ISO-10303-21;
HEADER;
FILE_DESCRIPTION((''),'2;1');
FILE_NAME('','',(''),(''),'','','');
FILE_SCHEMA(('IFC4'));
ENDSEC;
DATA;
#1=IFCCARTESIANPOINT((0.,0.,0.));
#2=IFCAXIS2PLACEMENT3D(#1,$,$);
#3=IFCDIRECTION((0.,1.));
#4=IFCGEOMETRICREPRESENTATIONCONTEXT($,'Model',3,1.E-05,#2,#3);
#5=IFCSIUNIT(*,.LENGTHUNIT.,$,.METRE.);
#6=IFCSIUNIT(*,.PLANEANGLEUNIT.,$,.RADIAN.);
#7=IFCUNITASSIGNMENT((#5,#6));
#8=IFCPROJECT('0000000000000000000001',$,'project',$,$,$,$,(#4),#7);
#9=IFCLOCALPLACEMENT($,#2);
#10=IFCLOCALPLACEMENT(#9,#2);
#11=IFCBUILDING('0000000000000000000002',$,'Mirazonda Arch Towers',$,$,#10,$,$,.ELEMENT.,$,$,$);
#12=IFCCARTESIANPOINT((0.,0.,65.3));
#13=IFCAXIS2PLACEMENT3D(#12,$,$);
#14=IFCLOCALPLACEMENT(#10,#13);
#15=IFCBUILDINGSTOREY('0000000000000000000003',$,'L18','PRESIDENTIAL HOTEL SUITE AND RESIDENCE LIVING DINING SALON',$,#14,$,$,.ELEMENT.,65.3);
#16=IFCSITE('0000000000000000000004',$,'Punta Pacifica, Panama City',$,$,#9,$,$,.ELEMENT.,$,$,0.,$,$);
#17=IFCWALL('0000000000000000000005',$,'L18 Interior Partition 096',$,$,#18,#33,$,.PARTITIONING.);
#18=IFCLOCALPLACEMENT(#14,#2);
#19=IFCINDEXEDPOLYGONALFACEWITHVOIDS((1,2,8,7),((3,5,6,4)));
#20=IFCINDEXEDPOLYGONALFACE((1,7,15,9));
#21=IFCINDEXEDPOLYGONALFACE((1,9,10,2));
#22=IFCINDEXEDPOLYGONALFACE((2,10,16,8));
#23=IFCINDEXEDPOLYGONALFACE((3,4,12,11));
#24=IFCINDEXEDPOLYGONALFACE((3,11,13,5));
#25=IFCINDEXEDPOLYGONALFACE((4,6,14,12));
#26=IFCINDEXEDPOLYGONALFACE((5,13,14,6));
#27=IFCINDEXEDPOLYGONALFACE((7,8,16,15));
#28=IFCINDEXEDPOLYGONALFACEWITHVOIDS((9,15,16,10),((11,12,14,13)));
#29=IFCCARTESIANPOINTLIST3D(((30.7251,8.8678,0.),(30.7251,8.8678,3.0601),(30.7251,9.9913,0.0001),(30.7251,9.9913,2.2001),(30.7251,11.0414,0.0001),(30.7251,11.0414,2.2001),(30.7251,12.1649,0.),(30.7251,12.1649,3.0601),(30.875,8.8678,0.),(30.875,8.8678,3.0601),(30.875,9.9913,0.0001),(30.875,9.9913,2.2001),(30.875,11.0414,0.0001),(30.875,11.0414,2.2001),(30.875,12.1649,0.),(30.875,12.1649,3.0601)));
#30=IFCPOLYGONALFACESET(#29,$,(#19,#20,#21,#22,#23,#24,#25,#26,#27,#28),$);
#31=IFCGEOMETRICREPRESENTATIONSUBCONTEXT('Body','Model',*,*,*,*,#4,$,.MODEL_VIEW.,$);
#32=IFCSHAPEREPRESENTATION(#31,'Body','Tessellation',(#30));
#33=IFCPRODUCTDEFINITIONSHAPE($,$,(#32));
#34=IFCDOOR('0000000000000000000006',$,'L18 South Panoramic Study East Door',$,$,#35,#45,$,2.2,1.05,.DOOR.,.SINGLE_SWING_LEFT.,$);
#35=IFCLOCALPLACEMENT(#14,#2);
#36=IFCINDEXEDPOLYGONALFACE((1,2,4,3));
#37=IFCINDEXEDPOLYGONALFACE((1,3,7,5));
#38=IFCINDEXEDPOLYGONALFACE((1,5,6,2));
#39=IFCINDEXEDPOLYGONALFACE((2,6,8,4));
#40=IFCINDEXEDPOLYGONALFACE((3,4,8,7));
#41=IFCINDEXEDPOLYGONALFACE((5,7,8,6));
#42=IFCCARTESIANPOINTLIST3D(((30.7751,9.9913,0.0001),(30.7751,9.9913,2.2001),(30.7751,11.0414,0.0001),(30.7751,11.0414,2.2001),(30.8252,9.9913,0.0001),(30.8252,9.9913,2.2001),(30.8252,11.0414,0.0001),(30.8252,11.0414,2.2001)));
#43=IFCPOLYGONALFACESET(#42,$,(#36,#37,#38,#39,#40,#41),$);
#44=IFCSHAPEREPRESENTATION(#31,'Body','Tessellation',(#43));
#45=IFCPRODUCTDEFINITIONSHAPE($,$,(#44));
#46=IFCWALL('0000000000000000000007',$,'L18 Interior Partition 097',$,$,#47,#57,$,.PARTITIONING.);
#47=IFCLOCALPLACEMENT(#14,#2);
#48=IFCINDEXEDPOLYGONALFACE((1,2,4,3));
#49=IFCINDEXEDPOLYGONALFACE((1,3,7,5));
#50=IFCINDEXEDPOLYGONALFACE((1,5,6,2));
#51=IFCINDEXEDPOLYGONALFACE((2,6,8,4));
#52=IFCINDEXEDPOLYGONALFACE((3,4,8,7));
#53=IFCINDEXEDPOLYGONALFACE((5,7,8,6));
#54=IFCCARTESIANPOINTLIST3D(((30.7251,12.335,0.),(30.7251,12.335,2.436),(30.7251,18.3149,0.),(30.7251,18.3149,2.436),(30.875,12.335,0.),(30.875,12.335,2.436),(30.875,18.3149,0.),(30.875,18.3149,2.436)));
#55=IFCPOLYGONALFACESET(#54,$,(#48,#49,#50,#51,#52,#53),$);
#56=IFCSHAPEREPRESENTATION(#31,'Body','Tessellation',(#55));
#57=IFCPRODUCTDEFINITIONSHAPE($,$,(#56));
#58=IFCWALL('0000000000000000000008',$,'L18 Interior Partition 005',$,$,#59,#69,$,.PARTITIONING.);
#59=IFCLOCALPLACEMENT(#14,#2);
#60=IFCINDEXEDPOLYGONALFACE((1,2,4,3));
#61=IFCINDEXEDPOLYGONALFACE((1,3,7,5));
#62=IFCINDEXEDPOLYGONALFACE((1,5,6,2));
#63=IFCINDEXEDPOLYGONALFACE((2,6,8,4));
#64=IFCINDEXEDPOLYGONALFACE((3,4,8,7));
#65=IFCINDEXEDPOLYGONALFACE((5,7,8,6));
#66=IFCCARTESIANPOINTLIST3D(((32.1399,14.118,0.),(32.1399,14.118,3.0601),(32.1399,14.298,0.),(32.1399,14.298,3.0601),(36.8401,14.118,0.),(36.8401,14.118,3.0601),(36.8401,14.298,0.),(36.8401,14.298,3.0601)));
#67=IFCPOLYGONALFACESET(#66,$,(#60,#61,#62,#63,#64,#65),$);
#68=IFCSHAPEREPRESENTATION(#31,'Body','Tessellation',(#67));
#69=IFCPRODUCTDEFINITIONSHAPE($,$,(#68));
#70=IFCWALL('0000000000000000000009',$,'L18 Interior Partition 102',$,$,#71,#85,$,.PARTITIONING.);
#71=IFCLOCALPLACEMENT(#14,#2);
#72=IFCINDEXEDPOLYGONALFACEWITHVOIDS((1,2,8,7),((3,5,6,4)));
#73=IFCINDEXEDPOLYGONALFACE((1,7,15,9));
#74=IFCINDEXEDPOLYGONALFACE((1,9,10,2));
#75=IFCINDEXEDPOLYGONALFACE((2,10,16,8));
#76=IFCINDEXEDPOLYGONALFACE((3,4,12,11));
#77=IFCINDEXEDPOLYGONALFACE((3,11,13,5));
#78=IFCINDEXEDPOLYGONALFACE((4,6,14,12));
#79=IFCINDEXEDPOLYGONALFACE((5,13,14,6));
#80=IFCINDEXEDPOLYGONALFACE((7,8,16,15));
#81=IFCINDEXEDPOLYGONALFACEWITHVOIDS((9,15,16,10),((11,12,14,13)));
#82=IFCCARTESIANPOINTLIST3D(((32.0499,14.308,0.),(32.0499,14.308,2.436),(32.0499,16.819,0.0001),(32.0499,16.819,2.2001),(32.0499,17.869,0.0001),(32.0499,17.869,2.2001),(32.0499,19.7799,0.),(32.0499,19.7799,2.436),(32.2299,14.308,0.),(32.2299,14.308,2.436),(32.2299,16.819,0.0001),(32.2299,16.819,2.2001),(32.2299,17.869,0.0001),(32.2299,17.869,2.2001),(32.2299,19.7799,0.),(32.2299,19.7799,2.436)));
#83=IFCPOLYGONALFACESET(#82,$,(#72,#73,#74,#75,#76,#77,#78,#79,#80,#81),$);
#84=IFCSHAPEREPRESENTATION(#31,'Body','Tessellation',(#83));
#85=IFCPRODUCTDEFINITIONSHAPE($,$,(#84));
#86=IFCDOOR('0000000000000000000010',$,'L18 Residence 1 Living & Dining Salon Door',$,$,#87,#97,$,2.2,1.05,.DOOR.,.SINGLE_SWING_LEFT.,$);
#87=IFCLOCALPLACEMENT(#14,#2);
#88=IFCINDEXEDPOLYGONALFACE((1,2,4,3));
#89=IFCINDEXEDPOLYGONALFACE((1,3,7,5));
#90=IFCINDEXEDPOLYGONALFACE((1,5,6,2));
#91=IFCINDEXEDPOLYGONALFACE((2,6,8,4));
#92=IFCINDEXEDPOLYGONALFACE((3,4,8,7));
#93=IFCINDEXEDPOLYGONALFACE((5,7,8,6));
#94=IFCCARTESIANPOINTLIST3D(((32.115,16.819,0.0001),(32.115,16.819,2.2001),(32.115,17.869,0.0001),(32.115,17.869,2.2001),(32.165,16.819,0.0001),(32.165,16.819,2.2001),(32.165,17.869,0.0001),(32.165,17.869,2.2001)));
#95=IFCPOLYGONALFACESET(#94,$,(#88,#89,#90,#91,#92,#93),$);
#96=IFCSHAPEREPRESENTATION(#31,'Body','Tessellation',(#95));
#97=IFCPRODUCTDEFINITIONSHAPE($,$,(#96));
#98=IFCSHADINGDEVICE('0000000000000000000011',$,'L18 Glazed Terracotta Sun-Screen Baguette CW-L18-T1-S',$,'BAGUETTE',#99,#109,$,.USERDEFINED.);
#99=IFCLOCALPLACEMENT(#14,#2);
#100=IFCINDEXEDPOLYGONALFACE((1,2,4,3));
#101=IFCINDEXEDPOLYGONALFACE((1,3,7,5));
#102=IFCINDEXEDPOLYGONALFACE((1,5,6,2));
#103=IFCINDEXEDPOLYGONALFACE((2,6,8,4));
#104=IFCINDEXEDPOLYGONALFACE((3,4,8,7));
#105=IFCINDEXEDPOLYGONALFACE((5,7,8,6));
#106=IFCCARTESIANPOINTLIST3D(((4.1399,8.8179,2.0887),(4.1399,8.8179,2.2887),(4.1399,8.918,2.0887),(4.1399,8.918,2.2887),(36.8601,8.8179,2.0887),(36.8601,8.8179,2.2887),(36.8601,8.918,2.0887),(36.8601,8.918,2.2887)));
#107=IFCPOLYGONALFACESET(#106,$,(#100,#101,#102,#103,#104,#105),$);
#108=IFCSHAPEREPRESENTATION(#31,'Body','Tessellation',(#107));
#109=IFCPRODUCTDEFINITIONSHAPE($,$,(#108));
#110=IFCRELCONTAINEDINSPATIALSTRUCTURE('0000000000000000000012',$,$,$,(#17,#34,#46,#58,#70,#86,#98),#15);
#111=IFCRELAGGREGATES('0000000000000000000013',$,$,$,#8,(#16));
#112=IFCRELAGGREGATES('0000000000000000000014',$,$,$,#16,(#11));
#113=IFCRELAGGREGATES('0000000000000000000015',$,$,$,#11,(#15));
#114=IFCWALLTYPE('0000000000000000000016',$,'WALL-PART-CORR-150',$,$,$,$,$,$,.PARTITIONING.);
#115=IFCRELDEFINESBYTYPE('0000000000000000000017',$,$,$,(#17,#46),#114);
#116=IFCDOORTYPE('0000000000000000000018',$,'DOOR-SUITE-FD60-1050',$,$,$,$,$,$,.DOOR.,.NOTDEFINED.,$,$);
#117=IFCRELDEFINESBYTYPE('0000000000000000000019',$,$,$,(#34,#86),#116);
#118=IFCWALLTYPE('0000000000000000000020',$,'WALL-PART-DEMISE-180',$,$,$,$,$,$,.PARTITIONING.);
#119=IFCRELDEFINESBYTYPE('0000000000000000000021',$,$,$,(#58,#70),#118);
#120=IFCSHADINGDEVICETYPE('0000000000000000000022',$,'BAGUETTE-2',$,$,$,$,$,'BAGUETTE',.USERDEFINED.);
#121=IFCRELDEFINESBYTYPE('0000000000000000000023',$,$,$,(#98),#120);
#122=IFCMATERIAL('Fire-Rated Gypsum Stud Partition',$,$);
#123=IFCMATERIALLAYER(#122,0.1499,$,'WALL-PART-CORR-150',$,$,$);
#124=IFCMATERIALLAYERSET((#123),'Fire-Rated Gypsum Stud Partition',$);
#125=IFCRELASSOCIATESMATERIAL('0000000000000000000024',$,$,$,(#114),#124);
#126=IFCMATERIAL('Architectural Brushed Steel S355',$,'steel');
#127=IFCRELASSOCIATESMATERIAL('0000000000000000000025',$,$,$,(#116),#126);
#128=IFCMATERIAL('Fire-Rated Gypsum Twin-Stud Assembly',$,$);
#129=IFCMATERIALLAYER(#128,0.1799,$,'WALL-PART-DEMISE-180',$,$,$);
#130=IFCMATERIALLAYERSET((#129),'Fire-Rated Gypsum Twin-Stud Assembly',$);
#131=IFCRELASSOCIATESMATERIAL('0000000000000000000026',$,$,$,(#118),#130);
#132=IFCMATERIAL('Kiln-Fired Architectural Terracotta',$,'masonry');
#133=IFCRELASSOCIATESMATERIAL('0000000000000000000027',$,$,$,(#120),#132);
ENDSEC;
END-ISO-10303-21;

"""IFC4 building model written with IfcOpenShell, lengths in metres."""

from ifc_helpers import new_model, si_unit, direction, frame, frame_2d, origin, origin_2d, place, context, subcontext, project, spatial, rectangle, extrude, material, layer, layer_set, material_profile, profile_set, type_object, element, fill, save


model = new_model("IFC4")

# Units and contexts
model_context = context("Model", 3, precision=1e-05, world=origin(), true_north=direction((0.0, 1.0)))
body_context = subcontext(model_context, "Body", "Model", "MODEL_VIEW")
ifc_project = project(units=[si_unit("LENGTHUNIT", "METRE"), si_unit("PLANEANGLEUNIT", "RADIAN")], contexts=[model_context])

# Site, building, storey
site_placement = place(None, origin())
site = spatial("IfcSite", under=ifc_project, at=site_placement, Name="Punta Pacifica, Panama City", CompositionType="ELEMENT", RefElevation=0.0)
building_placement = place(site_placement, origin())
building = spatial("IfcBuilding", under=site, at=building_placement, Name="Mirazonda Arch Towers", CompositionType="ELEMENT")
storey_placement = place(building_placement, frame((0.0, 0.0, 65.3)))
storey = spatial("IfcBuildingStorey", under=building, at=storey_placement, Name="L18", Description="PRESIDENTIAL HOTEL SUITE AND RESIDENCE LIVING DINING SALON", CompositionType="ELEMENT", Elevation=65.3)

# Shared definitions
ifc_material_1 = material(Name="Fire-Rated Gypsum Stud Partition")
ifc_layer_1 = layer(ifc_material_1, 0.1499, Name="WALL-PART-CORR-150")
ifc_layer_set_1 = layer_set([ifc_layer_1], Name="Fire-Rated Gypsum Stud Partition")
wall_type_1 = type_object("IfcWallType", Name="WALL-PART-CORR-150", PredefinedType="PARTITIONING", material=ifc_layer_set_1)

# Wall, opening, door
wall_1_placement = place(storey_placement, frame((30.8, 8.8679, 0.0), z_axis=(0.0, 0.0, 1.0), x_axis=(0.0, 1.0, 0.0)))
wall_1 = element("IfcWall", 1, at=wall_1_placement, inside=storey, type_object=wall_type_1, Name="L18 Interior Partition 096", PredefinedType="PARTITIONING", context=body_context, shape_type="SweptSolid", body=[
    extrude(rectangle(XDim=3.2971, YDim=0.1499, at=frame_2d((1.6484, 0.0))), origin(), (0.0, 0.0, 1.0), 3.0601),
])
opening_1_placement = place(wall_1_placement, frame((1.1235, 0.0, 0.0)))
opening_1 = element("IfcOpeningElement", 2, at=opening_1_placement, cuts=wall_1, PredefinedType="OPENING", context=body_context, shape_type="SweptSolid", body=[
    extrude(rectangle(XDim=1.05, YDim=2.2, at=frame_2d((0.5249, 1.1001))), frame((0.0, 0.085, 0.0), z_axis=(0.0, -1.0, 0.0), x_axis=(1.0, 0.0, 0.0)), (0.0, 0.0, 1.0), 0.1699),
])
ifc_material_2 = material(Name="Architectural Brushed Steel S355", Category="steel")
door_type_1 = type_object("IfcDoorType", Name="DOOR-SUITE-FD60-1050", OperationType="NOTDEFINED", PredefinedType="DOOR", material=ifc_material_2)
door_1_placement = place(opening_1_placement, origin())
door_1 = element("IfcDoor", 3, at=door_1_placement, inside=storey, type_object=door_type_1, Name="L18 South Panoramic Study East Door", OperationType="SINGLE_SWING_LEFT", OverallHeight=2.2, OverallWidth=1.05, PredefinedType="DOOR", context=body_context, shape_type="SweptSolid", body=[
    extrude(rectangle(XDim=1.05, YDim=2.2, at=frame_2d((0.5249, 1.1001))), frame((0.0, 0.0249, 0.0), z_axis=(0.0, -1.0, 0.0), x_axis=(1.0, 0.0, 0.0)), (0.0, 0.0, 1.0), 0.05),
])
fill(opening_1, door_1)

# Walls
wall_2_placement = place(storey_placement, frame((30.8, 12.335, 0.0), z_axis=(0.0, 0.0, 1.0), x_axis=(0.0, 1.0, 0.0)))
element("IfcWall", 4, at=wall_2_placement, inside=storey, type_object=wall_type_1, Name="L18 Interior Partition 097", PredefinedType="PARTITIONING", context=body_context, shape_type="SweptSolid", body=[
    extrude(rectangle(XDim=5.98, YDim=0.1499, at=frame_2d((2.99, 0.0))), origin(), (0.0, 0.0, 1.0), 2.436),
])
ifc_material_3 = material(Name="Fire-Rated Gypsum Twin-Stud Assembly")
ifc_layer_2 = layer(ifc_material_3, 0.1799, Name="WALL-PART-DEMISE-180")
ifc_layer_set_2 = layer_set([ifc_layer_2], Name="Fire-Rated Gypsum Twin-Stud Assembly")
wall_type_2 = type_object("IfcWallType", Name="WALL-PART-DEMISE-180", PredefinedType="PARTITIONING", material=ifc_layer_set_2)
wall_3_placement = place(storey_placement, frame((32.1399, 14.208, 0.0), z_axis=(0.0, 0.0, 1.0), x_axis=(1.0, 0.0, 0.0)))
element("IfcWall", 5, at=wall_3_placement, inside=storey, type_object=wall_type_2, Name="L18 Interior Partition 005", PredefinedType="PARTITIONING", context=body_context, shape_type="SweptSolid", body=[
    extrude(rectangle(XDim=4.7002, YDim=0.1799, at=frame_2d((2.3501, 0.0))), origin(), (0.0, 0.0, 1.0), 3.0601),
])

# Wall, opening, door
wall_4_placement = place(storey_placement, frame((32.1399, 14.3081, 0.0), z_axis=(0.0, 0.0, 1.0), x_axis=(0.0, 1.0, 0.0)))
wall_4 = element("IfcWall", 6, at=wall_4_placement, inside=storey, type_object=wall_type_2, Name="L18 Interior Partition 102", PredefinedType="PARTITIONING", context=body_context, shape_type="SweptSolid", body=[
    extrude(rectangle(XDim=5.4719, YDim=0.1799, at=frame_2d((2.7358, 0.0))), origin(), (0.0, 0.0, 1.0), 2.436),
])
opening_2_placement = place(wall_4_placement, frame((2.511, 0.0, 0.0)))
opening_2 = element("IfcOpeningElement", 7, at=opening_2_placement, cuts=wall_4, PredefinedType="OPENING", context=body_context, shape_type="SweptSolid", body=[
    extrude(rectangle(XDim=1.05, YDim=2.2, at=frame_2d((0.5249, 1.1001))), frame((0.0, 0.0999, 0.0), z_axis=(0.0, -1.0, 0.0), x_axis=(1.0, 0.0, 0.0)), (0.0, 0.0, 1.0), 0.2),
])
door_2_placement = place(opening_2_placement, origin())
door_2 = element("IfcDoor", 8, at=door_2_placement, inside=storey, type_object=door_type_1, Name="L18 Residence 1 Living & Dining Salon Door", OperationType="SINGLE_SWING_LEFT", OverallHeight=2.2, OverallWidth=1.05, PredefinedType="DOOR", context=body_context, shape_type="SweptSolid", body=[
    extrude(rectangle(XDim=1.05, YDim=2.2, at=frame_2d((0.5249, 1.1001))), frame((0.0, 0.0249, 0.0), z_axis=(0.0, -1.0, 0.0), x_axis=(1.0, 0.0, 0.0)), (0.0, 0.0, 1.0), 0.05),
])
fill(opening_2, door_2)

# Shading device
ifc_material_4 = material(Name="Kiln-Fired Architectural Terracotta", Category="masonry")
ifc_material_profile_1 = material_profile(ifc_material_4, rectangle(XDim=0.1001, YDim=0.2, at=origin_2d()), Name="TERRA-BAG-100x200")
ifc_profile_set_1 = profile_set([ifc_material_profile_1], Name="Kiln-Fired Architectural Terracotta")
shading_device_type = type_object("IfcShadingDeviceType", Name="BAGUETTE-2", ElementType="BAGUETTE", PredefinedType="USERDEFINED", material=ifc_profile_set_1)
shading_device_placement = place(storey_placement, frame((36.8601, 8.8679, 2.1887), z_axis=(-1.0, 0.0, 0.0), x_axis=(0.0, -1.0, 0.0)))
element("IfcShadingDevice", 9, at=shading_device_placement, inside=storey, type_object=shading_device_type, Name="L18 Glazed Terracotta Sun-Screen Baguette CW-L18-T1-S", ObjectType="BAGUETTE", PredefinedType="USERDEFINED", context=body_context, shape_type="SweptSolid", body=[
    extrude(rectangle(XDim=0.1001, YDim=0.2, at=origin_2d()), origin(), (0.0, 0.0, 1.0), 32.7202),
])

save(model, "model.ifc")
